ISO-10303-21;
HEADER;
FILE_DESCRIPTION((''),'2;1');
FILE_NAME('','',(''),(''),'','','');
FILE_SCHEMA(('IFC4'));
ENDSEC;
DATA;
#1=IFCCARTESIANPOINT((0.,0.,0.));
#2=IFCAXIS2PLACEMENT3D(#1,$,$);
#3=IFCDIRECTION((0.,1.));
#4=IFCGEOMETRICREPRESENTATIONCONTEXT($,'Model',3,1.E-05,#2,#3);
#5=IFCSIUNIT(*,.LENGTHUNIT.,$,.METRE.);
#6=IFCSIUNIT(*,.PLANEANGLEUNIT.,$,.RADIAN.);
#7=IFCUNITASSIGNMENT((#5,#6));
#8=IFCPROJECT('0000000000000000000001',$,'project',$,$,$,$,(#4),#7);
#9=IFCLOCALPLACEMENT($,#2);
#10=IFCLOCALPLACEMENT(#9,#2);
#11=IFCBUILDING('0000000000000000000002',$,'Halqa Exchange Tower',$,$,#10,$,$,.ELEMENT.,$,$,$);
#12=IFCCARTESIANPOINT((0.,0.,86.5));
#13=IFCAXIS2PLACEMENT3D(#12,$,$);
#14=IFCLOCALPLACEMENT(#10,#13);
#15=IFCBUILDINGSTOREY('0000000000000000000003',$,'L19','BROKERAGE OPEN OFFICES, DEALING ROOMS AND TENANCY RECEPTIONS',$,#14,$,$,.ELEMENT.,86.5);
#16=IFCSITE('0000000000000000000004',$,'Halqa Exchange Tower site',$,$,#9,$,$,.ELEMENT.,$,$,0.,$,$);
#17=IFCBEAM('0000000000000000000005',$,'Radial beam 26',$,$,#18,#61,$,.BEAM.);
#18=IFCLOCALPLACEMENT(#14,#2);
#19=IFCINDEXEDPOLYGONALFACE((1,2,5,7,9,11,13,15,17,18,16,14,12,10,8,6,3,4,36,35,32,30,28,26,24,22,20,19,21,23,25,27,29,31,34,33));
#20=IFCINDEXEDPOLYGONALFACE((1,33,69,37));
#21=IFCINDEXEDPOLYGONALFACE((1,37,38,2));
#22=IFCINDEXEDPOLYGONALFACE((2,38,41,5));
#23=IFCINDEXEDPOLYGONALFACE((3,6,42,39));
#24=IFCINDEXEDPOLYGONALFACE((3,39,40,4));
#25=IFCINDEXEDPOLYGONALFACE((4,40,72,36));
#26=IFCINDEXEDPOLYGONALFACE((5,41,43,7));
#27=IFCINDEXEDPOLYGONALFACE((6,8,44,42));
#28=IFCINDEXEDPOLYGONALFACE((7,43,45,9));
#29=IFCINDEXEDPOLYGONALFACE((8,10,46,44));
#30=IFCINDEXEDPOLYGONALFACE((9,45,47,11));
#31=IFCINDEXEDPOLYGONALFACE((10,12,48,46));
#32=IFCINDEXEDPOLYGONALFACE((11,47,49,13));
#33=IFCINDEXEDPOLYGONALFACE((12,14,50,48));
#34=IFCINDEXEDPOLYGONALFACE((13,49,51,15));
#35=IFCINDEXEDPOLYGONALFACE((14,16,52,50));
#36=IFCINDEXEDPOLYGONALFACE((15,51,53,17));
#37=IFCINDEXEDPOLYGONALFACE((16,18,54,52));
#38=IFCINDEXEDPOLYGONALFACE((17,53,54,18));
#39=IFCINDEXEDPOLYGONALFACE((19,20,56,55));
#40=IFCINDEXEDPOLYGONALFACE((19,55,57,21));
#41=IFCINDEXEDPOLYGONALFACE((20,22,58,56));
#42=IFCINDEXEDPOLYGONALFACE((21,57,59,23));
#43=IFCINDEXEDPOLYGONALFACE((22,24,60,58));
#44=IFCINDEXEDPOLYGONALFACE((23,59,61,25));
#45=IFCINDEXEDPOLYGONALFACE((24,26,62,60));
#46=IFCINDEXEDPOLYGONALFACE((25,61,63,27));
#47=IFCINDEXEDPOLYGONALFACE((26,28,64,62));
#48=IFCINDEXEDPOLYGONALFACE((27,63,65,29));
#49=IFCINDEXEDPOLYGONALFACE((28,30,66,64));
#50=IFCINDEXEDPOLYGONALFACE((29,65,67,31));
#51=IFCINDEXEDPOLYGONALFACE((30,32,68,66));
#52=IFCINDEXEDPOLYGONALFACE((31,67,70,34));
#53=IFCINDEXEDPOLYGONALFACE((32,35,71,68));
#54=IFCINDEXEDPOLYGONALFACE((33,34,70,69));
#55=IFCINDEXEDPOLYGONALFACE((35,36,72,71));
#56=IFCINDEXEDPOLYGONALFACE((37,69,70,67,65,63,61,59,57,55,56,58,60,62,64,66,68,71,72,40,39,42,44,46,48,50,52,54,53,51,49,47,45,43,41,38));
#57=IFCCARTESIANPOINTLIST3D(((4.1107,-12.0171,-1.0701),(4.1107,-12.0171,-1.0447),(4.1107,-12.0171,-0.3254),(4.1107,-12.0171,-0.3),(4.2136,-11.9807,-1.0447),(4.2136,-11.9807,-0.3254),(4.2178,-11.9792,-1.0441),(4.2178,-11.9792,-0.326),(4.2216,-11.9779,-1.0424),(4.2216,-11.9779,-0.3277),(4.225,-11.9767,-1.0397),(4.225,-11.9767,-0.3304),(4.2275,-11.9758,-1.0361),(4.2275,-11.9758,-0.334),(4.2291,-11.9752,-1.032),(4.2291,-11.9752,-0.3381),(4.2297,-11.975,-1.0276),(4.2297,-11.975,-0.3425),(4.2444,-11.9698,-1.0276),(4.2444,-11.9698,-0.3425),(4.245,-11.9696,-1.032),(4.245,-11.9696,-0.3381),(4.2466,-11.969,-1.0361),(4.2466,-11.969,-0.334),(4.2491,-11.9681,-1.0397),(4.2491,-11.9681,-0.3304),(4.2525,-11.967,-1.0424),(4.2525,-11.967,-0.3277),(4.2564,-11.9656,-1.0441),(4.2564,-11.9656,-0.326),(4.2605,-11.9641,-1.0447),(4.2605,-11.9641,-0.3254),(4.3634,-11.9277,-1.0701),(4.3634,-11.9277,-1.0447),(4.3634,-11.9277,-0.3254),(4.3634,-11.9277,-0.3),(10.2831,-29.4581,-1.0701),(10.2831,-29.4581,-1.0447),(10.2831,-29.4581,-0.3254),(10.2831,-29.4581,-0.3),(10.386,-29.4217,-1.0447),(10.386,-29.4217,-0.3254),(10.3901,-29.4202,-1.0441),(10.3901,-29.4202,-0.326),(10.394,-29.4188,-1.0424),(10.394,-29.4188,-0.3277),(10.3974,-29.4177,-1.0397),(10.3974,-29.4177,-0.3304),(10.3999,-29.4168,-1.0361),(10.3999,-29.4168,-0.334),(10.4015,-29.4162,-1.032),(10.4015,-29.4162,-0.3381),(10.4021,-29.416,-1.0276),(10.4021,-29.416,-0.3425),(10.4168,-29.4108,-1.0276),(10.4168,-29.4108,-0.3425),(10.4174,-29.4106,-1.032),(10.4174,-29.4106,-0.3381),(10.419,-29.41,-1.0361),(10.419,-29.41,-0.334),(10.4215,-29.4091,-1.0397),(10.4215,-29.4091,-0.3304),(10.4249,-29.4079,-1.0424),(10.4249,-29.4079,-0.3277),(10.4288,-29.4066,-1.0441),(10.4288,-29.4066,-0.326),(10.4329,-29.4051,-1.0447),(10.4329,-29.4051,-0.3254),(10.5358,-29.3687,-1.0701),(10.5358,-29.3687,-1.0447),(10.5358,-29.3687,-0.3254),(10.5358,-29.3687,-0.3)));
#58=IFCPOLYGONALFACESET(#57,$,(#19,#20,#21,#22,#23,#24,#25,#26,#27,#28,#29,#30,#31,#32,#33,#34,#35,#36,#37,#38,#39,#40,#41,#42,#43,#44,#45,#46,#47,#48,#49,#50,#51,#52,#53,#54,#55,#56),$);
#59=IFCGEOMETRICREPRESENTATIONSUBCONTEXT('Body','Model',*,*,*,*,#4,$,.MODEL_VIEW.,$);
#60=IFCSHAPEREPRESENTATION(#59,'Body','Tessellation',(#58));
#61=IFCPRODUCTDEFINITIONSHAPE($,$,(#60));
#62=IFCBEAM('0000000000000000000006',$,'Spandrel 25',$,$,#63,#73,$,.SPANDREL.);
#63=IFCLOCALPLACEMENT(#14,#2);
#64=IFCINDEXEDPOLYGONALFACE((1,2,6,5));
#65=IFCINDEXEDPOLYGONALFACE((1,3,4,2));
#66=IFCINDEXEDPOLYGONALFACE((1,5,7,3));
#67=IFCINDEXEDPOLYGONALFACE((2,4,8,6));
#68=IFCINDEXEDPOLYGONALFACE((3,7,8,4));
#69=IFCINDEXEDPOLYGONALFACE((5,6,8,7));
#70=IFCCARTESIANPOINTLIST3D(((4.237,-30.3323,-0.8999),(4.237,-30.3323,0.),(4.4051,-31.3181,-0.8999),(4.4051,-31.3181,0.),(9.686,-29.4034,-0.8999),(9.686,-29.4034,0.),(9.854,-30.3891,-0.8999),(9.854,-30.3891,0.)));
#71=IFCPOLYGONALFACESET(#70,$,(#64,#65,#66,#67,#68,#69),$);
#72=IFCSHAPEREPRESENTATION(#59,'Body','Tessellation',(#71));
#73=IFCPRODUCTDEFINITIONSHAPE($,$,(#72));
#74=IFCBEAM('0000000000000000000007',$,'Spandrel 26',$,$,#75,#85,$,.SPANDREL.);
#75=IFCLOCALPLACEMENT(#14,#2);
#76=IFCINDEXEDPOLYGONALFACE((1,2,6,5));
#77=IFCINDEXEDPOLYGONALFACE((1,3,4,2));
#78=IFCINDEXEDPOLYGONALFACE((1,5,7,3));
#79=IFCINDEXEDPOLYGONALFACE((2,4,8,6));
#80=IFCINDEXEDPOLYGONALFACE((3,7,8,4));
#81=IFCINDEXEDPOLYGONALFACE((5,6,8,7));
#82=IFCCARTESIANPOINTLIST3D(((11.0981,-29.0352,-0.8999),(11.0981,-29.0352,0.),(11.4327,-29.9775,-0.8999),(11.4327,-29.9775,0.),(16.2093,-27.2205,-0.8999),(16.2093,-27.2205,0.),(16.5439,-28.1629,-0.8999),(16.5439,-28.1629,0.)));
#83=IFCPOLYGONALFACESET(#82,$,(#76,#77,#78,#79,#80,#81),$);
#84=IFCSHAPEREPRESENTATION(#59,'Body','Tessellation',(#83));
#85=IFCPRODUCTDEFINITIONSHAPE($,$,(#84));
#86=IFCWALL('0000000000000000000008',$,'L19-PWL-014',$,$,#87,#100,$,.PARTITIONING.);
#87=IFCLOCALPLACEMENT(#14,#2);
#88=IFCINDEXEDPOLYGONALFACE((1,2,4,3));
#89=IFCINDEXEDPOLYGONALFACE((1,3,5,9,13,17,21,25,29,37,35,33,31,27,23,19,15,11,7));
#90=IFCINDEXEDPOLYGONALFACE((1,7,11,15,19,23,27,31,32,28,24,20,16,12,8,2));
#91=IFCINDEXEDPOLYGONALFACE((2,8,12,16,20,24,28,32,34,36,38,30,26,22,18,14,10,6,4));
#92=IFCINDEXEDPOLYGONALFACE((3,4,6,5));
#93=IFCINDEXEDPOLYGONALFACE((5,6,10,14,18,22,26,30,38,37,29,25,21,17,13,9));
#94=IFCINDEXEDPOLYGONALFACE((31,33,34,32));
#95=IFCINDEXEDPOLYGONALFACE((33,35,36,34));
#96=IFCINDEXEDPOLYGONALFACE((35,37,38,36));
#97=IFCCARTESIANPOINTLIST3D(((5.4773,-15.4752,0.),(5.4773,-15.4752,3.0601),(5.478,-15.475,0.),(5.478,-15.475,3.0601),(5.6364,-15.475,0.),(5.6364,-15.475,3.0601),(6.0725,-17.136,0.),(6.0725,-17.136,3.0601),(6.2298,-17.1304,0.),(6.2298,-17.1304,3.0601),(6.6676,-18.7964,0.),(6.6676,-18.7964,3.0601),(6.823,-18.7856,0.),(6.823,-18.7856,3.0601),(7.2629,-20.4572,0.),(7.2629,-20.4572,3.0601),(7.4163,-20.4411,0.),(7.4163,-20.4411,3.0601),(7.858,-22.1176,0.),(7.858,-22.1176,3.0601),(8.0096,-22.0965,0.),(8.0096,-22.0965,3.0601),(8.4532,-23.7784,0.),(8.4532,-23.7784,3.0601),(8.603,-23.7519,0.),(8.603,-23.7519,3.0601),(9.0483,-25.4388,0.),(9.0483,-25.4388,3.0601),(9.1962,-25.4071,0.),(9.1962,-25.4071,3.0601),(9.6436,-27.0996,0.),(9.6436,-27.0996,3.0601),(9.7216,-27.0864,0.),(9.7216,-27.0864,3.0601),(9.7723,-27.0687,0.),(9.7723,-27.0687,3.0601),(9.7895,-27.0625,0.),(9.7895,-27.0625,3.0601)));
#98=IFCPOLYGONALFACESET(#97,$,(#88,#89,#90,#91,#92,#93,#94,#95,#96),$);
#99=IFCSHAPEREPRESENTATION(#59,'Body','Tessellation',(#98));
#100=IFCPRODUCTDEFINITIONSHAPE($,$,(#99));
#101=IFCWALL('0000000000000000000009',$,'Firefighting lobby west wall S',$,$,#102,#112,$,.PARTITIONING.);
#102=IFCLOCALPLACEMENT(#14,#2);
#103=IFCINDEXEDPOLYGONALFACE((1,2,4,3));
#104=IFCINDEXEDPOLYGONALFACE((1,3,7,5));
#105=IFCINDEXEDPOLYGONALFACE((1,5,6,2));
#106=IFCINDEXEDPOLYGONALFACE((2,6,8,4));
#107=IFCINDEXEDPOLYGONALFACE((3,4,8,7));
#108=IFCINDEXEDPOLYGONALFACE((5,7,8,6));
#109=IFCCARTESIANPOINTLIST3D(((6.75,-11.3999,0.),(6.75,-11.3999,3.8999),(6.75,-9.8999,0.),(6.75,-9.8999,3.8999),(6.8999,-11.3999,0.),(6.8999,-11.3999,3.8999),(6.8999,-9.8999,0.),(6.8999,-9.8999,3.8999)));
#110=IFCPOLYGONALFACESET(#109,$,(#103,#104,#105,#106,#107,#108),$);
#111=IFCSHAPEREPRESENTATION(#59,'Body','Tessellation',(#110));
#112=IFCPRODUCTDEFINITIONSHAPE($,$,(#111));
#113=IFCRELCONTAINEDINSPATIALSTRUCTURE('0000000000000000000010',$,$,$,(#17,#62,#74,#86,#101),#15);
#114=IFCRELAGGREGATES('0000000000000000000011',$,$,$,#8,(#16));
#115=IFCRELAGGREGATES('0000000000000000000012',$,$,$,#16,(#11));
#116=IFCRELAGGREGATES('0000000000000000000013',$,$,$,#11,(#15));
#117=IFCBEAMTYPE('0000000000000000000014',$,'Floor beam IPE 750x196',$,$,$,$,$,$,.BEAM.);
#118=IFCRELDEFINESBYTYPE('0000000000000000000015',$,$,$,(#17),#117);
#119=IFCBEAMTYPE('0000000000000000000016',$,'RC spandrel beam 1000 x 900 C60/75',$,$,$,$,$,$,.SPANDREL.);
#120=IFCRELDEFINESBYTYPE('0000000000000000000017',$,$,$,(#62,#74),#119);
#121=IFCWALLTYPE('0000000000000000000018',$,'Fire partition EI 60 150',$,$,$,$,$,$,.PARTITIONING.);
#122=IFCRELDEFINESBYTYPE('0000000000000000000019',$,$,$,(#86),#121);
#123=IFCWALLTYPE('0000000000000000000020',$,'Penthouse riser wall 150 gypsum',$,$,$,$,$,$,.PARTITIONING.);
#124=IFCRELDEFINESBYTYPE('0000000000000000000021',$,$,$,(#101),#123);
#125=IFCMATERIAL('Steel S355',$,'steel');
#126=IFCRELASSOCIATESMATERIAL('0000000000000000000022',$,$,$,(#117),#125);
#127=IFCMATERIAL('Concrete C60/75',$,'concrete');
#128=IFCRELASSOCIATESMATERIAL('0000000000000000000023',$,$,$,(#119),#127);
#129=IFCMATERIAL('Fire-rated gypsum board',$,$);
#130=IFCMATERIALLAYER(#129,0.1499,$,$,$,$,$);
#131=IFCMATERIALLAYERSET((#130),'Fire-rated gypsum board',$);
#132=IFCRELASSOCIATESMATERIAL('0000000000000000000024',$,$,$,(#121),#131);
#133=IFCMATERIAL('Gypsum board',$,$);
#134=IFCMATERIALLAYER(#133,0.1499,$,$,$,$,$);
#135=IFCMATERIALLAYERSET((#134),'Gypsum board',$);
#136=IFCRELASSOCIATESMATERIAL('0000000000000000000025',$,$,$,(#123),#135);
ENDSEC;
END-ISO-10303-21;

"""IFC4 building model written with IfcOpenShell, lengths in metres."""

from ifc_helpers import new_model, si_unit, direction, frame, frame_2d, origin, origin_2d, place, context, subcontext, project, spatial, polyline, rectangle, i_section, outline, extrude, material, layer, layer_set, material_profile, profile_set, type_object, element, save


model = new_model("IFC4")

# Units and contexts
model_context = context("Model", 3, precision=1e-05, world=origin(), true_north=direction((0.0, 1.0)))
body_context = subcontext(model_context, "Body", "Model", "MODEL_VIEW")
ifc_project = project(units=[si_unit("LENGTHUNIT", "METRE"), si_unit("PLANEANGLEUNIT", "RADIAN")], contexts=[model_context])

# Site, building, storey
site_placement = place(None, origin())
site = spatial("IfcSite", under=ifc_project, at=site_placement, Name="Halqa Exchange Tower site", CompositionType="ELEMENT", RefElevation=0.0)
building_placement = place(site_placement, origin())
building = spatial("IfcBuilding", under=site, at=building_placement, Name="Halqa Exchange Tower", CompositionType="ELEMENT")
storey_placement = place(building_placement, frame((0.0, 0.0, 86.5)))
storey = spatial("IfcBuildingStorey", under=building, at=storey_placement, Name="L19", Description="BROKERAGE OPEN OFFICES, DEALING ROOMS AND TENANCY RECEPTIONS", CompositionType="ELEMENT", Elevation=86.5)

# Beams
ifc_material_1 = material(Name="Steel S355", Category="steel")
ifc_material_profile_1 = material_profile(ifc_material_1, i_section(OverallWidth=0.2681, OverallDepth=0.77, WebThickness=0.0156, FlangeThickness=0.0254, FilletRadius=0.0171, at=origin_2d()), Name="IPE 750x196")
ifc_profile_set_1 = profile_set([ifc_material_profile_1], Name="Steel S355")
beam_type_1 = type_object("IfcBeamType", Name="Floor beam IPE 750x196", PredefinedType="BEAM", material=ifc_profile_set_1)
beam_1_placement = place(storey_placement, frame((4.2371, -11.9724, -0.6851), z_axis=(0.333625, -0.942706, 0.0), x_axis=(0.942706, 0.333625, 0.0)))
element("IfcBeam", 1, at=beam_1_placement, inside=storey, type_object=beam_type_1, Name="Radial beam 26", PredefinedType="BEAM", context=body_context, shape_type="SweptSolid", body=[
    extrude(i_section(OverallWidth=0.2681, OverallDepth=0.77, WebThickness=0.0156, FlangeThickness=0.0254, FilletRadius=0.0171, at=origin_2d()), origin(), (0.0, 0.0, 1.0), 18.501),
])
ifc_material_2 = material(Name="Concrete C60/75", Category="concrete")
ifc_material_profile_2 = material_profile(ifc_material_2, rectangle(XDim=1.0, YDim=0.8999, at=origin_2d()), Name="1000 x 900")
ifc_profile_set_2 = profile_set([ifc_material_profile_2], Name="Concrete C60/75")
beam_type_2 = type_object("IfcBeamType", Name="RC spandrel beam 1000 x 900 C60/75", PredefinedType="SPANDREL", material=ifc_profile_set_2)
beam_2_placement = place(storey_placement, frame((4.321, -30.8252, -0.45), z_axis=(0.985777, 0.168058, 0.0), x_axis=(-0.168058, 0.985777, 0.0)))
element("IfcBeam", 2, at=beam_2_placement, inside=storey, type_object=beam_type_2, Name="Spandrel 25", PredefinedType="SPANDREL", context=body_context, shape_type="SweptSolid", body=[
    extrude(rectangle(XDim=1.0, YDim=0.8999, at=origin_2d()), origin(), (0.0, 0.0, 1.0), 5.5276),
])
beam_3_placement = place(storey_placement, frame((11.2654, -29.5063, -0.45), z_axis=(0.94237, 0.334574, 0.0), x_axis=(-0.334574, 0.94237, 0.0)))
element("IfcBeam", 3, at=beam_3_placement, inside=storey, type_object=beam_type_2, Name="Spandrel 26", PredefinedType="SPANDREL", context=body_context, shape_type="SweptSolid", body=[
    extrude(rectangle(XDim=1.0, YDim=0.8999, at=origin_2d()), origin(), (0.0, 0.0, 1.0), 5.4238),
])

# Walls
ifc_material_3 = material(Name="Fire-rated gypsum board")
ifc_layer_1 = layer(ifc_material_3, 0.1499)
ifc_layer_set_1 = layer_set([ifc_layer_1], Name="Fire-rated gypsum board")
wall_type_1 = type_object("IfcWallType", Name="Fire partition EI 60 150", PredefinedType="PARTITIONING", material=ifc_layer_set_1)
wall_1_placement = place(storey_placement, frame((5.5479, -15.45, 0.0), z_axis=(0.0, 0.0, 1.0), x_axis=(0.337393, -0.941364, 0.0)))
element("IfcWall", 4, at=wall_1_placement, inside=storey, type_object=wall_type_1, Name="L19-PWL-014", PredefinedType="PARTITIONING", context=body_context, shape_type="SweptSolid", body=[
    extrude(outline(polyline([(0.0, -0.075), (1.7642, -0.075), (3.5281, -0.075), (5.2922, -0.075), (7.0562, -0.075), (8.8203, -0.075), (10.5842, -0.075), (12.3484, -0.075), (12.3623, 0.0029), (12.3628, 0.0566), (12.3628, 0.075), (10.6042, 0.075), (8.8459, 0.075), (7.0874, 0.075), (5.3289, 0.075), (3.5703, 0.075), (1.812, 0.075), (0.0535, 0.075), (0.0, -0.0742), (0.0, -0.075)])), origin(), (0.0, 0.0, 1.0), 3.0601),
])
ifc_material_4 = material(Name="Gypsum board")
ifc_layer_2 = layer(ifc_material_4, 0.1499)
ifc_layer_set_2 = layer_set([ifc_layer_2], Name="Gypsum board")
wall_type_2 = type_object("IfcWallType", Name="Penthouse riser wall 150 gypsum", PredefinedType="PARTITIONING", material=ifc_layer_set_2)
wall_2_placement = place(storey_placement, frame((6.825, -11.3999, 0.0), z_axis=(0.0, 0.0, 1.0), x_axis=(0.0, 1.0, 0.0)))
element("IfcWall", 5, at=wall_2_placement, inside=storey, type_object=wall_type_2, Name="Firefighting lobby west wall S", PredefinedType="PARTITIONING", context=body_context, shape_type="SweptSolid", body=[
    extrude(rectangle(XDim=1.5, YDim=0.1499, at=frame_2d((0.75, 0.0))), origin(), (0.0, 0.0, 1.0), 3.8999),
])

save(model, "model.ifc")
